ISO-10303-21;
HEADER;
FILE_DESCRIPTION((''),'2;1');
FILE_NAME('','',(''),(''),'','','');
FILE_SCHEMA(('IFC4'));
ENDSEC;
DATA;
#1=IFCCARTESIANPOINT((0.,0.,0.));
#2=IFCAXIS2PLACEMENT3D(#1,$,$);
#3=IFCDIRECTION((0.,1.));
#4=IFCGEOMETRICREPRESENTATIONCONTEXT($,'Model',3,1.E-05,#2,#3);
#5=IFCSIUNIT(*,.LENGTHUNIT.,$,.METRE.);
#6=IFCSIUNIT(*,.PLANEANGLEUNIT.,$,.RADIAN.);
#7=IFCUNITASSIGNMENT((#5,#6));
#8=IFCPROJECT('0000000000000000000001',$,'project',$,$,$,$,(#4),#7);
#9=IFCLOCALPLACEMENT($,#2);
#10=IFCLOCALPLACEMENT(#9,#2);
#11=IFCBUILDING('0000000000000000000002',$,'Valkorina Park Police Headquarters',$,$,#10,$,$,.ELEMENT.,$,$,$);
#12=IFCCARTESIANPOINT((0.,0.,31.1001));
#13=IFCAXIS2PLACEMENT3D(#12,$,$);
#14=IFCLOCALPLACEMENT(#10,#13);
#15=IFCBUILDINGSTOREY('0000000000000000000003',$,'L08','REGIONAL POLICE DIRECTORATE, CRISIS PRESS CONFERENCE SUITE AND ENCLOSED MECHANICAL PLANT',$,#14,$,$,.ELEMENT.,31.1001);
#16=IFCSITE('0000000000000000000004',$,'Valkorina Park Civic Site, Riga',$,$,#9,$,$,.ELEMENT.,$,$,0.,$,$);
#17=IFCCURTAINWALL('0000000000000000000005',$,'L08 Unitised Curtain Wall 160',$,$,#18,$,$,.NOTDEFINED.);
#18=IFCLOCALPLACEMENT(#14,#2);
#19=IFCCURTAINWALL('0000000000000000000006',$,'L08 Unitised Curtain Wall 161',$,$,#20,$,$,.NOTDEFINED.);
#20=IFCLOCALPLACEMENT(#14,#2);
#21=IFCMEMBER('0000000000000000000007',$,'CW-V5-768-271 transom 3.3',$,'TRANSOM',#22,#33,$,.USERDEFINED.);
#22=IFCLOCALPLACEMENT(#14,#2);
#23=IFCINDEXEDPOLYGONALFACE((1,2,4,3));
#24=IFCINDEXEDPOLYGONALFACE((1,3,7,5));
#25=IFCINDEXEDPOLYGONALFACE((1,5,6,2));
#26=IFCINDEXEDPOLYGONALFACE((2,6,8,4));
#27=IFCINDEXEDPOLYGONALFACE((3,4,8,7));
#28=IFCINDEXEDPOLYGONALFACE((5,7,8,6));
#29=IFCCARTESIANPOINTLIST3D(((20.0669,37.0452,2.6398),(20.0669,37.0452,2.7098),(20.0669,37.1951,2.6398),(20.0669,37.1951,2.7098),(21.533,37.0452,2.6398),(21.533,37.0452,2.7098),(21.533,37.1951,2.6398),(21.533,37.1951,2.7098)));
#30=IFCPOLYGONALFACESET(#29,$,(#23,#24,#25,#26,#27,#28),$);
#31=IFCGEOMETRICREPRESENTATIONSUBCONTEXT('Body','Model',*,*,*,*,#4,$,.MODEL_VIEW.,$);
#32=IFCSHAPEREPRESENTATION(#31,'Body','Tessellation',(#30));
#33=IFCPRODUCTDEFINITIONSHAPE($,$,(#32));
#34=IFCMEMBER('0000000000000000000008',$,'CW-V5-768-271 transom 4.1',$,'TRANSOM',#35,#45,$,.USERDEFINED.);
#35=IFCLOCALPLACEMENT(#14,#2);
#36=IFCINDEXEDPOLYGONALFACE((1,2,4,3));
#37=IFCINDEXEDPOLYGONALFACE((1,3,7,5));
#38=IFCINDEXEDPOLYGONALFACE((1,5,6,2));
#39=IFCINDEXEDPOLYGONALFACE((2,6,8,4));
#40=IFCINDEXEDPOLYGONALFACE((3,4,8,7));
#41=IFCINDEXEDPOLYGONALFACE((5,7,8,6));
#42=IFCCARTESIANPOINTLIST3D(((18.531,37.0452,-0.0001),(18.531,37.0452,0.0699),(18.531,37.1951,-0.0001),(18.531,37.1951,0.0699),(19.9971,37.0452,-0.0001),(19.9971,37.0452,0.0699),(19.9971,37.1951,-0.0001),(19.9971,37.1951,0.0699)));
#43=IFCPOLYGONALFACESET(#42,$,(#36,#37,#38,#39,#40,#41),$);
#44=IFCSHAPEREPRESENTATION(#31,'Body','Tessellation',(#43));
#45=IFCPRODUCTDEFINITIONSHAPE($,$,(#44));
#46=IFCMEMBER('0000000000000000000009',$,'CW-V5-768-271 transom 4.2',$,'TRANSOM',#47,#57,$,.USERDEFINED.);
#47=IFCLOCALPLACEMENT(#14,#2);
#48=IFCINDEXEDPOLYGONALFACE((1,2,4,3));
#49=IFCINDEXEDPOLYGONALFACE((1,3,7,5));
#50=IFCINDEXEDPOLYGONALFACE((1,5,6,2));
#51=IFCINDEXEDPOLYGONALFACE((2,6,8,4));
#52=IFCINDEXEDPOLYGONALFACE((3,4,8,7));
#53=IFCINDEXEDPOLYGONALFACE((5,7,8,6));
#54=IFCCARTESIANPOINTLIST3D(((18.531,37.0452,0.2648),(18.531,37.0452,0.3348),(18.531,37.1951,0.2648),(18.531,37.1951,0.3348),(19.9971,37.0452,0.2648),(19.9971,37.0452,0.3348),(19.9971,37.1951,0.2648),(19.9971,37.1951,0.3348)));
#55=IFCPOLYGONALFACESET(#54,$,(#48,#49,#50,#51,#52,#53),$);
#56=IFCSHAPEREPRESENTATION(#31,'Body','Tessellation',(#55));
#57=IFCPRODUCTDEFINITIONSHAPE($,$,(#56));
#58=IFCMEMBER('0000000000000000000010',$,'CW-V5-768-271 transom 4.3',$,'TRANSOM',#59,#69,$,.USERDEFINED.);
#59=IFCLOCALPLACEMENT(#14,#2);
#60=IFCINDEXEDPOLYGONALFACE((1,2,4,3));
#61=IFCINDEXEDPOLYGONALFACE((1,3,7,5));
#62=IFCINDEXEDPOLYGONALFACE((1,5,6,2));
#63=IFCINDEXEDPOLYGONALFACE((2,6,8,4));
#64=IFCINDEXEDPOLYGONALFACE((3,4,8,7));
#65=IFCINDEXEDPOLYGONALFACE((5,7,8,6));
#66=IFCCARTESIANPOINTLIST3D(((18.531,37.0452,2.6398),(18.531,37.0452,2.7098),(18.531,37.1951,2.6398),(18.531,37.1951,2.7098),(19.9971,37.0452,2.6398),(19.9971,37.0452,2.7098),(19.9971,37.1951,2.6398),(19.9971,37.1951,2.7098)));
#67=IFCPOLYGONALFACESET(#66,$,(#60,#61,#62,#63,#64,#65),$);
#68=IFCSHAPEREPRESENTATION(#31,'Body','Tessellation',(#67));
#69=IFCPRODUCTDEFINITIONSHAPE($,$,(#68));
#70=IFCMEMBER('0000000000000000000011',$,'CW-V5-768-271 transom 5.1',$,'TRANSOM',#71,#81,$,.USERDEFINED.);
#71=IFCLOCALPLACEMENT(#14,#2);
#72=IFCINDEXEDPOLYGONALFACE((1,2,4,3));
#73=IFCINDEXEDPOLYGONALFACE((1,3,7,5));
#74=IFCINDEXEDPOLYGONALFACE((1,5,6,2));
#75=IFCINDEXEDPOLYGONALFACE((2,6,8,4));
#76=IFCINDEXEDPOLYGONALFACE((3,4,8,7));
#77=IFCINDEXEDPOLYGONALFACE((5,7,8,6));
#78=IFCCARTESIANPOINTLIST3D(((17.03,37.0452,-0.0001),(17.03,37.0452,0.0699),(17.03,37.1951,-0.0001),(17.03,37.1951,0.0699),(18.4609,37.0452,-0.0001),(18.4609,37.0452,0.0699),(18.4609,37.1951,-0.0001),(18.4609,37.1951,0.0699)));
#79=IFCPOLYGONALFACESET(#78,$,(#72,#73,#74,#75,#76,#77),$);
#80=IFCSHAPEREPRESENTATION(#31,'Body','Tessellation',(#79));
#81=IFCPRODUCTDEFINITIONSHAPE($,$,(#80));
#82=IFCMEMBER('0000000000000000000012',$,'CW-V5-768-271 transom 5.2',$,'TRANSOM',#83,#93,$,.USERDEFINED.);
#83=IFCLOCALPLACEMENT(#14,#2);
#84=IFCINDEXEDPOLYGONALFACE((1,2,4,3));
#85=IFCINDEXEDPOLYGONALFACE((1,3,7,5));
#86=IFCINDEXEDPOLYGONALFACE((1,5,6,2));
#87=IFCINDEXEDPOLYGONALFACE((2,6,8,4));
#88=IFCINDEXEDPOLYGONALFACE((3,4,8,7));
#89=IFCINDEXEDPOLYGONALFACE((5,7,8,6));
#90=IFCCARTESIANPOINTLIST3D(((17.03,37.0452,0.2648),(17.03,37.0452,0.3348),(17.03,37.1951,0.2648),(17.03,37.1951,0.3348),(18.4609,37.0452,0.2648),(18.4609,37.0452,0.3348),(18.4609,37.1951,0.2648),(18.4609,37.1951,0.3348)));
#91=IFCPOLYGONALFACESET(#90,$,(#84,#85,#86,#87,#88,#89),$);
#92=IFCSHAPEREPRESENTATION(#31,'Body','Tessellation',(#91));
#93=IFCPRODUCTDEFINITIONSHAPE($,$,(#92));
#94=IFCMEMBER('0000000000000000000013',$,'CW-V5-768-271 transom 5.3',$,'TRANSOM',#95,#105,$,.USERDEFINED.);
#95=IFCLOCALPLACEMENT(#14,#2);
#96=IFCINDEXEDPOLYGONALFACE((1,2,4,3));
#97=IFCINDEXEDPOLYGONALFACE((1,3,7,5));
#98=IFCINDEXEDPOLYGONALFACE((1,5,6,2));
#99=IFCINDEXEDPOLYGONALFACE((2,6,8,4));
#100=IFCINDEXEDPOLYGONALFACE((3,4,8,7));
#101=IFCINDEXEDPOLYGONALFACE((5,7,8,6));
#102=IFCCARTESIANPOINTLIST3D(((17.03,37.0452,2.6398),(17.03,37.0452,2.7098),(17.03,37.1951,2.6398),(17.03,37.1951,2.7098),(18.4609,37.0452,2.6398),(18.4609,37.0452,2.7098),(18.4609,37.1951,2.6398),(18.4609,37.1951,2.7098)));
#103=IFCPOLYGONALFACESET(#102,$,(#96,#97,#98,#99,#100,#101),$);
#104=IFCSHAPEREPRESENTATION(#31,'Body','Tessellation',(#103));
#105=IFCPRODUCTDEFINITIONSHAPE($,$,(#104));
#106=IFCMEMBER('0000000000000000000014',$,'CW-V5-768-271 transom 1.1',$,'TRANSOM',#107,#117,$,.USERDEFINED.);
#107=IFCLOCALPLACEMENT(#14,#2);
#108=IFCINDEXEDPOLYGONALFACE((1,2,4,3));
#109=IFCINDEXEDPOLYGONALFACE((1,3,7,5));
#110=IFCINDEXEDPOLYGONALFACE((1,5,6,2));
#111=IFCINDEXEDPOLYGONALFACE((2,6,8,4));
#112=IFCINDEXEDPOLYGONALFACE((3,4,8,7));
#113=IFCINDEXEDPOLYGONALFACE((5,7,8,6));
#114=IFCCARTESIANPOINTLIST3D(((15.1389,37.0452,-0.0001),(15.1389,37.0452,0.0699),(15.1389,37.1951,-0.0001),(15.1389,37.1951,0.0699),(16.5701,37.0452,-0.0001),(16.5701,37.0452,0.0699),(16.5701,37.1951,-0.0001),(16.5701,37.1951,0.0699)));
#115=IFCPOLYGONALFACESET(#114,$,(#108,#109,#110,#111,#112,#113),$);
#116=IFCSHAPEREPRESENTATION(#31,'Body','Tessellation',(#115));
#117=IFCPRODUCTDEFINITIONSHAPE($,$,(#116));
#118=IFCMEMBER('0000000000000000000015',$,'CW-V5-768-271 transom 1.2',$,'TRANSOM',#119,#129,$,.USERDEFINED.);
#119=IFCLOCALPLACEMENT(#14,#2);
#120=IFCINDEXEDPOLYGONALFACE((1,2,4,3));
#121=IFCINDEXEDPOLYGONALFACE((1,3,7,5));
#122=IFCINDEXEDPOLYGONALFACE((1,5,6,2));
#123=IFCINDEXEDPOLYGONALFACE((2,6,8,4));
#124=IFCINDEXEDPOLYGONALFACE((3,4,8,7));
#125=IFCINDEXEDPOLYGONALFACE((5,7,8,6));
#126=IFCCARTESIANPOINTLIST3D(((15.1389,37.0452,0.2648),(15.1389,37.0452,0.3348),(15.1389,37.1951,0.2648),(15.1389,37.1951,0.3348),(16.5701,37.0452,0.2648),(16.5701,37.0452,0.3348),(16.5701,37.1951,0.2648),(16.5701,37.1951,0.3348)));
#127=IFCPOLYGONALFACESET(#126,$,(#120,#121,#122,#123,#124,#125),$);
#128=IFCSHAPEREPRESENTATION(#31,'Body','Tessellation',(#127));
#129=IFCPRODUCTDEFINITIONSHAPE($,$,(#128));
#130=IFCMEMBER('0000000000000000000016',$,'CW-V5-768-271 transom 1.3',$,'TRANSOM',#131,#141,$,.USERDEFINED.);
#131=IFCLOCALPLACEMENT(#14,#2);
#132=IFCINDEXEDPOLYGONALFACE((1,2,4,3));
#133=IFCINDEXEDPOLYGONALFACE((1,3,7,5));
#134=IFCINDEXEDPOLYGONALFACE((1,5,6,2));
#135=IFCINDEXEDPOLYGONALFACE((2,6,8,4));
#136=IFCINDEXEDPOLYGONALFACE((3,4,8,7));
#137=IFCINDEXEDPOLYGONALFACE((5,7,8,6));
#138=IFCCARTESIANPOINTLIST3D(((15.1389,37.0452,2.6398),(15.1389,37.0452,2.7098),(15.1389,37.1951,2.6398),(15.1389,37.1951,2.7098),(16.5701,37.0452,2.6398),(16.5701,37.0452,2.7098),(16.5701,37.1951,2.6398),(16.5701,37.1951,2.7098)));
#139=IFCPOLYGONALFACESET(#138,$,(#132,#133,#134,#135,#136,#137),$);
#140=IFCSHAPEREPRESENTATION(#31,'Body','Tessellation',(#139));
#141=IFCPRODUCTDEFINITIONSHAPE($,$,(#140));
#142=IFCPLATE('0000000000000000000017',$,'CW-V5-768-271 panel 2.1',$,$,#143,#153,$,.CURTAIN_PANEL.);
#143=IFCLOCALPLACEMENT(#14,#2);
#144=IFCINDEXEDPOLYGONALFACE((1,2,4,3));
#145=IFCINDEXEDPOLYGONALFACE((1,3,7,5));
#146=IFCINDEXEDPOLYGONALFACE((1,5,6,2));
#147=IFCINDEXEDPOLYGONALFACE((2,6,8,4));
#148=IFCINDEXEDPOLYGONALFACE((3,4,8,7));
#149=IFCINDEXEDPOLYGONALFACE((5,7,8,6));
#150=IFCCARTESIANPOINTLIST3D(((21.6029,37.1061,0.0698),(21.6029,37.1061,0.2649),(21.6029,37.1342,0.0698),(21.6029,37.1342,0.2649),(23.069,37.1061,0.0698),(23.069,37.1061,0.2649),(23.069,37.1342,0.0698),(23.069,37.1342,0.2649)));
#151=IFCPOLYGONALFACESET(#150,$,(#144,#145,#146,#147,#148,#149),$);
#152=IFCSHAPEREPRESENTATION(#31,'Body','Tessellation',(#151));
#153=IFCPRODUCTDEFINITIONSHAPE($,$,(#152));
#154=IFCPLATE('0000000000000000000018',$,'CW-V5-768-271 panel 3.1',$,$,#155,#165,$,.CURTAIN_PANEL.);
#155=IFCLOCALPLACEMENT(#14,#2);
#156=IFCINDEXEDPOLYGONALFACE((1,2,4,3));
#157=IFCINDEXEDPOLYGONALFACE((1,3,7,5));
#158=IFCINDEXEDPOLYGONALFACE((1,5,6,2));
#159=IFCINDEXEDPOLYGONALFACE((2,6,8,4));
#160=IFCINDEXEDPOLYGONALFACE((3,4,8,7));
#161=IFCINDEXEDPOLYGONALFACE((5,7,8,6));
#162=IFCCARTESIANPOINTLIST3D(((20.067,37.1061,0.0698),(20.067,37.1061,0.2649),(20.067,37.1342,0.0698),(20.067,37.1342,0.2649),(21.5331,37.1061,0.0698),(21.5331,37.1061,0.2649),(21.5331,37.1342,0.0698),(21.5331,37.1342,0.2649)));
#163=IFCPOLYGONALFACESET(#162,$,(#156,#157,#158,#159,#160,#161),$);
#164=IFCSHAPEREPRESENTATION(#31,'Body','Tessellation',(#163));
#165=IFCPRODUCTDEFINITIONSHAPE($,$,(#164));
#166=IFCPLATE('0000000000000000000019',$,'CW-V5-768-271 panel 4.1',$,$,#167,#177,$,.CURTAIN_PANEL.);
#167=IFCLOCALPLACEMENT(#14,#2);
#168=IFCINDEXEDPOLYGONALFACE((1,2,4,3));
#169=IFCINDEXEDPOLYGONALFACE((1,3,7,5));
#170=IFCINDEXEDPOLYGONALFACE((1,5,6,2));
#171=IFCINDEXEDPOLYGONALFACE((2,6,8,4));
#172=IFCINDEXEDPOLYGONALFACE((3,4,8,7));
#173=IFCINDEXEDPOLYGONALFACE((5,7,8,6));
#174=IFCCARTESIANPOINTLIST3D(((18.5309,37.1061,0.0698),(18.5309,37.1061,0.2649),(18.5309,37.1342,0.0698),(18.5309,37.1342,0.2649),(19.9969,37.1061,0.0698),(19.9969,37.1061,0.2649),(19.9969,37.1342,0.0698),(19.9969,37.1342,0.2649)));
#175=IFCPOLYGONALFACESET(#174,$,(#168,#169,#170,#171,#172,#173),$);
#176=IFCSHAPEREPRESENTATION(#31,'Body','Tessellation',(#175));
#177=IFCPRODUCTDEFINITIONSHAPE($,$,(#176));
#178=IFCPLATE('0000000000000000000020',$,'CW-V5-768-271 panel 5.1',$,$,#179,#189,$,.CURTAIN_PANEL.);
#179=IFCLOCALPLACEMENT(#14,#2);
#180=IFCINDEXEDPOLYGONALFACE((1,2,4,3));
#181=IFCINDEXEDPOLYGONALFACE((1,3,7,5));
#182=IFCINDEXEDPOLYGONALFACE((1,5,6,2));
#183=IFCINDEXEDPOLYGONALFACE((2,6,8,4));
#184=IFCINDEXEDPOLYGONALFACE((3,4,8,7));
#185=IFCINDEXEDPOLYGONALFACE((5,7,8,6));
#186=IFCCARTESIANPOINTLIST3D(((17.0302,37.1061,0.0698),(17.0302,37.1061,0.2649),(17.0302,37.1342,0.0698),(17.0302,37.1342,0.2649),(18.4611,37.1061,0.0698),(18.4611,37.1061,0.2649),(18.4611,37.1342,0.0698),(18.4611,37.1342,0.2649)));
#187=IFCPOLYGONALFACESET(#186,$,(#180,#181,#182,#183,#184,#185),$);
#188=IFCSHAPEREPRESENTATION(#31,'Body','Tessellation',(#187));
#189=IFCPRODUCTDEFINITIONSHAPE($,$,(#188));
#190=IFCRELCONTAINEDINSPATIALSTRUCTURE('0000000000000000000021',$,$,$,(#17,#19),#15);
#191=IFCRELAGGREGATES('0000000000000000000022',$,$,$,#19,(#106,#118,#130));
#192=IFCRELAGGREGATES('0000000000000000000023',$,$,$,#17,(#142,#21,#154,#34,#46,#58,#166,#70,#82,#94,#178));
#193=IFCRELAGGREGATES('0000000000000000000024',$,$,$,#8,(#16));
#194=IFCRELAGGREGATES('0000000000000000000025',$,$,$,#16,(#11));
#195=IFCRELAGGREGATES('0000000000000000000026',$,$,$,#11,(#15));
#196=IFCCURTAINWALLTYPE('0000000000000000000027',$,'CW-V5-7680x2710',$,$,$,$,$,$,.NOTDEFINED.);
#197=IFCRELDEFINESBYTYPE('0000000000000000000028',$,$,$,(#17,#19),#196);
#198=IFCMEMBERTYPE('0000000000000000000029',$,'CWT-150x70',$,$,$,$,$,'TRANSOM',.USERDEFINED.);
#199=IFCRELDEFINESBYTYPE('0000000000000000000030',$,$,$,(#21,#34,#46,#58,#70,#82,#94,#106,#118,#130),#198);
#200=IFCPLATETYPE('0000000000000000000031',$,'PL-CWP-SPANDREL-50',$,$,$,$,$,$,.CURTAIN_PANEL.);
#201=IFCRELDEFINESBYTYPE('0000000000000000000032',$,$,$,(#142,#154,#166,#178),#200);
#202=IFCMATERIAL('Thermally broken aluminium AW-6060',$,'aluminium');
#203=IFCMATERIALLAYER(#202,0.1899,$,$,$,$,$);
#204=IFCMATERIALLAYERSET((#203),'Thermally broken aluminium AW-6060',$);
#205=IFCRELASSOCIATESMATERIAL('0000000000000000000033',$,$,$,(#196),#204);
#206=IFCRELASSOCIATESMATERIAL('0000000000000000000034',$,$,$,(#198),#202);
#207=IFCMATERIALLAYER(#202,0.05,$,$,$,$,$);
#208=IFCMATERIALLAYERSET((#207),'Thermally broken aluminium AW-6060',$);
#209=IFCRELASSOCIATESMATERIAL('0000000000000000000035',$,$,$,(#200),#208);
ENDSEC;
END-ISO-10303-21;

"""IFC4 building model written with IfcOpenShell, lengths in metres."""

from ifc_helpers import new_model, si_unit, direction, frame, origin, origin_2d, place, context, subcontext, project, spatial, rectangle, extrude, material, layer, layer_set, material_profile, profile_set, type_object, element, aggregate, save


model = new_model("IFC4")

# Units and contexts
model_context = context("Model", 3, precision=1e-05, world=origin(), true_north=direction((0.0, 1.0)))
body_context = subcontext(model_context, "Body", "Model", "MODEL_VIEW")
ifc_project = project(units=[si_unit("LENGTHUNIT", "METRE"), si_unit("PLANEANGLEUNIT", "RADIAN")], contexts=[model_context])

# Site, building, storey
site_placement = place(None, origin())
site = spatial("IfcSite", under=ifc_project, at=site_placement, Name="Valkorina Park Civic Site, Riga", CompositionType="ELEMENT", RefElevation=0.0)
building_placement = place(site_placement, origin())
building = spatial("IfcBuilding", under=site, at=building_placement, Name="Valkorina Park Police Headquarters", CompositionType="ELEMENT")
storey_placement = place(building_placement, frame((0.0, 0.0, 31.1001)))
storey = spatial("IfcBuildingStorey", under=building, at=storey_placement, Name="L08", Description="REGIONAL POLICE DIRECTORATE, CRISIS PRESS CONFERENCE SUITE AND ENCLOSED MECHANICAL PLANT", CompositionType="ELEMENT", Elevation=31.1001)

# Curtain wall
ifc_material_1 = material(Name="Thermally broken aluminium AW-6060", Category="aluminium")
ifc_layer_1 = layer(ifc_material_1, 0.1899)
ifc_layer_set_1 = layer_set([ifc_layer_1], Name="Thermally broken aluminium AW-6060")
curtain_wall_type = type_object("IfcCurtainWallType", Name="CW-V5-7680x2710", PredefinedType="NOTDEFINED", material=ifc_layer_set_1)
curtain_wall_1_placement = place(storey_placement, origin())
curtain_wall_1 = element("IfcCurtainWall", 1, at=curtain_wall_1_placement, inside=storey, type_object=curtain_wall_type, Name="L08 Unitised Curtain Wall 160", PredefinedType="NOTDEFINED")

# Curtain wall
curtain_wall_2_placement = place(storey_placement, origin())
curtain_wall_2 = element("IfcCurtainWall", 2, at=curtain_wall_2_placement, inside=storey, type_object=curtain_wall_type, Name="L08 Unitised Curtain Wall 161", PredefinedType="NOTDEFINED")

# Members
ifc_material_profile_1 = material_profile(ifc_material_1, rectangle(XDim=0.1499, YDim=0.0701, at=origin_2d()), Name="CWT-02 150x70")
ifc_profile_set_1 = profile_set([ifc_material_profile_1], Name="Thermally broken aluminium AW-6060")
member_type_1 = type_object("IfcMemberType", Name="CWT-150x70", ElementType="TRANSOM", PredefinedType="USERDEFINED", material=ifc_profile_set_1)
member_1_placement = place(storey_placement, frame((21.533, 37.1201, 2.6748), z_axis=(-1.0, 0.0, 0.0), x_axis=(0.0, -1.0, 0.0)))
member_1 = element("IfcMember", 3, at=member_1_placement, type_object=member_type_1, Name="CW-V5-768-271 transom 3.3", ObjectType="TRANSOM", PredefinedType="USERDEFINED", context=body_context, shape_type="SweptSolid", body=[
    extrude(rectangle(XDim=0.1499, YDim=0.0701, at=origin_2d()), origin(), (0.0, 0.0, 1.0), 1.4661),
])
member_2_placement = place(storey_placement, frame((19.9971, 37.1201, 0.0349), z_axis=(-1.0, 0.0, 0.0), x_axis=(0.0, -1.0, 0.0)))
member_2 = element("IfcMember", 4, at=member_2_placement, type_object=member_type_1, Name="CW-V5-768-271 transom 4.1", ObjectType="TRANSOM", PredefinedType="USERDEFINED", context=body_context, shape_type="SweptSolid", body=[
    extrude(rectangle(XDim=0.1499, YDim=0.0701, at=origin_2d()), origin(), (0.0, 0.0, 1.0), 1.4661),
])
member_3_placement = place(storey_placement, frame((19.9971, 37.1201, 0.2998), z_axis=(-1.0, 0.0, 0.0), x_axis=(0.0, -1.0, 0.0)))
member_3 = element("IfcMember", 5, at=member_3_placement, type_object=member_type_1, Name="CW-V5-768-271 transom 4.2", ObjectType="TRANSOM", PredefinedType="USERDEFINED", context=body_context, shape_type="SweptSolid", body=[
    extrude(rectangle(XDim=0.1499, YDim=0.0701, at=origin_2d()), origin(), (0.0, 0.0, 1.0), 1.4661),
])
member_4_placement = place(storey_placement, frame((19.9971, 37.1201, 2.6748), z_axis=(-1.0, 0.0, 0.0), x_axis=(0.0, -1.0, 0.0)))
member_4 = element("IfcMember", 6, at=member_4_placement, type_object=member_type_1, Name="CW-V5-768-271 transom 4.3", ObjectType="TRANSOM", PredefinedType="USERDEFINED", context=body_context, shape_type="SweptSolid", body=[
    extrude(rectangle(XDim=0.1499, YDim=0.0701, at=origin_2d()), origin(), (0.0, 0.0, 1.0), 1.4661),
])
member_5_placement = place(storey_placement, frame((18.4609, 37.1201, 0.0349), z_axis=(-1.0, 0.0, 0.0), x_axis=(0.0, -1.0, 0.0)))
member_5 = element("IfcMember", 7, at=member_5_placement, type_object=member_type_1, Name="CW-V5-768-271 transom 5.1", ObjectType="TRANSOM", PredefinedType="USERDEFINED", context=body_context, shape_type="SweptSolid", body=[
    extrude(rectangle(XDim=0.1499, YDim=0.0701, at=origin_2d()), origin(), (0.0, 0.0, 1.0), 1.4309),
])
member_6_placement = place(storey_placement, frame((18.4609, 37.1201, 0.2998), z_axis=(-1.0, 0.0, 0.0), x_axis=(0.0, -1.0, 0.0)))
member_6 = element("IfcMember", 8, at=member_6_placement, type_object=member_type_1, Name="CW-V5-768-271 transom 5.2", ObjectType="TRANSOM", PredefinedType="USERDEFINED", context=body_context, shape_type="SweptSolid", body=[
    extrude(rectangle(XDim=0.1499, YDim=0.0701, at=origin_2d()), origin(), (0.0, 0.0, 1.0), 1.4309),
])
member_7_placement = place(storey_placement, frame((18.4609, 37.1201, 2.6748), z_axis=(-1.0, 0.0, 0.0), x_axis=(0.0, -1.0, 0.0)))
member_7 = element("IfcMember", 9, at=member_7_placement, type_object=member_type_1, Name="CW-V5-768-271 transom 5.3", ObjectType="TRANSOM", PredefinedType="USERDEFINED", context=body_context, shape_type="SweptSolid", body=[
    extrude(rectangle(XDim=0.1499, YDim=0.0701, at=origin_2d()), origin(), (0.0, 0.0, 1.0), 1.4309),
])
member_8_placement = place(storey_placement, frame((16.5701, 37.1201, 0.0349), z_axis=(-1.0, 0.0, 0.0), x_axis=(0.0, -1.0, 0.0)))
member_8 = element("IfcMember", 10, at=member_8_placement, type_object=member_type_1, Name="CW-V5-768-271 transom 1.1", ObjectType="TRANSOM", PredefinedType="USERDEFINED", context=body_context, shape_type="SweptSolid", body=[
    extrude(rectangle(XDim=0.1499, YDim=0.0701, at=origin_2d()), origin(), (0.0, 0.0, 1.0), 1.4312),
])
member_9_placement = place(storey_placement, frame((16.5701, 37.1201, 0.2998), z_axis=(-1.0, 0.0, 0.0), x_axis=(0.0, -1.0, 0.0)))
member_9 = element("IfcMember", 11, at=member_9_placement, type_object=member_type_1, Name="CW-V5-768-271 transom 1.2", ObjectType="TRANSOM", PredefinedType="USERDEFINED", context=body_context, shape_type="SweptSolid", body=[
    extrude(rectangle(XDim=0.1499, YDim=0.0701, at=origin_2d()), origin(), (0.0, 0.0, 1.0), 1.4312),
])
member_10_placement = place(storey_placement, frame((16.5701, 37.1201, 2.6748), z_axis=(-1.0, 0.0, 0.0), x_axis=(0.0, -1.0, 0.0)))
member_10 = element("IfcMember", 12, at=member_10_placement, type_object=member_type_1, Name="CW-V5-768-271 transom 1.3", ObjectType="TRANSOM", PredefinedType="USERDEFINED", context=body_context, shape_type="SweptSolid", body=[
    extrude(rectangle(XDim=0.1499, YDim=0.0701, at=origin_2d()), origin(), (0.0, 0.0, 1.0), 1.4312),
])
aggregate(curtain_wall_2, [member_8, member_9, member_10])

# Plates
ifc_layer_2 = layer(ifc_material_1, 0.05)
ifc_layer_set_2 = layer_set([ifc_layer_2], Name="Thermally broken aluminium AW-6060")
plate_type_1 = type_object("IfcPlateType", Name="PL-CWP-SPANDREL-50", PredefinedType="CURTAIN_PANEL", material=ifc_layer_set_2)
plate_1_placement = place(storey_placement, frame((22.3359, 37.1201, 0.0698), z_axis=(0.0, 0.0, 1.0), x_axis=(-1.0, 0.0, 0.0)))
plate_1 = element("IfcPlate", 13, at=plate_1_placement, type_object=plate_type_1, Name="CW-V5-768-271 panel 2.1", PredefinedType="CURTAIN_PANEL", context=body_context, shape_type="SweptSolid", body=[
    extrude(rectangle(XDim=1.4661, YDim=0.0281, at=origin_2d()), origin(), (0.0, 0.0, 1.0), 0.1951),
])
plate_2_placement = place(storey_placement, frame((20.8, 37.1201, 0.0698), z_axis=(0.0, 0.0, 1.0), x_axis=(-1.0, 0.0, 0.0)))
plate_2 = element("IfcPlate", 14, at=plate_2_placement, type_object=plate_type_1, Name="CW-V5-768-271 panel 3.1", PredefinedType="CURTAIN_PANEL", context=body_context, shape_type="SweptSolid", body=[
    extrude(rectangle(XDim=1.4661, YDim=0.0281, at=origin_2d()), origin(), (0.0, 0.0, 1.0), 0.1951),
])
plate_3_placement = place(storey_placement, frame((19.2639, 37.1201, 0.0698), z_axis=(0.0, 0.0, 1.0), x_axis=(-1.0, 0.0, 0.0)))
plate_3 = element("IfcPlate", 15, at=plate_3_placement, type_object=plate_type_1, Name="CW-V5-768-271 panel 4.1", PredefinedType="CURTAIN_PANEL", context=body_context, shape_type="SweptSolid", body=[
    extrude(rectangle(XDim=1.4661, YDim=0.0281, at=origin_2d()), origin(), (0.0, 0.0, 1.0), 0.1951),
])
plate_4_placement = place(storey_placement, frame((17.7456, 37.1201, 0.0698), z_axis=(0.0, 0.0, 1.0), x_axis=(-1.0, 0.0, 0.0)))
plate_4 = element("IfcPlate", 16, at=plate_4_placement, type_object=plate_type_1, Name="CW-V5-768-271 panel 5.1", PredefinedType="CURTAIN_PANEL", context=body_context, shape_type="SweptSolid", body=[
    extrude(rectangle(XDim=1.4309, YDim=0.0281, at=origin_2d()), origin(), (0.0, 0.0, 1.0), 0.1951),
])
aggregate(curtain_wall_1, [plate_1, member_1, plate_2, member_2, member_3, member_4, plate_3, member_5, member_6, member_7, plate_4])

save(model, "model.ifc")
